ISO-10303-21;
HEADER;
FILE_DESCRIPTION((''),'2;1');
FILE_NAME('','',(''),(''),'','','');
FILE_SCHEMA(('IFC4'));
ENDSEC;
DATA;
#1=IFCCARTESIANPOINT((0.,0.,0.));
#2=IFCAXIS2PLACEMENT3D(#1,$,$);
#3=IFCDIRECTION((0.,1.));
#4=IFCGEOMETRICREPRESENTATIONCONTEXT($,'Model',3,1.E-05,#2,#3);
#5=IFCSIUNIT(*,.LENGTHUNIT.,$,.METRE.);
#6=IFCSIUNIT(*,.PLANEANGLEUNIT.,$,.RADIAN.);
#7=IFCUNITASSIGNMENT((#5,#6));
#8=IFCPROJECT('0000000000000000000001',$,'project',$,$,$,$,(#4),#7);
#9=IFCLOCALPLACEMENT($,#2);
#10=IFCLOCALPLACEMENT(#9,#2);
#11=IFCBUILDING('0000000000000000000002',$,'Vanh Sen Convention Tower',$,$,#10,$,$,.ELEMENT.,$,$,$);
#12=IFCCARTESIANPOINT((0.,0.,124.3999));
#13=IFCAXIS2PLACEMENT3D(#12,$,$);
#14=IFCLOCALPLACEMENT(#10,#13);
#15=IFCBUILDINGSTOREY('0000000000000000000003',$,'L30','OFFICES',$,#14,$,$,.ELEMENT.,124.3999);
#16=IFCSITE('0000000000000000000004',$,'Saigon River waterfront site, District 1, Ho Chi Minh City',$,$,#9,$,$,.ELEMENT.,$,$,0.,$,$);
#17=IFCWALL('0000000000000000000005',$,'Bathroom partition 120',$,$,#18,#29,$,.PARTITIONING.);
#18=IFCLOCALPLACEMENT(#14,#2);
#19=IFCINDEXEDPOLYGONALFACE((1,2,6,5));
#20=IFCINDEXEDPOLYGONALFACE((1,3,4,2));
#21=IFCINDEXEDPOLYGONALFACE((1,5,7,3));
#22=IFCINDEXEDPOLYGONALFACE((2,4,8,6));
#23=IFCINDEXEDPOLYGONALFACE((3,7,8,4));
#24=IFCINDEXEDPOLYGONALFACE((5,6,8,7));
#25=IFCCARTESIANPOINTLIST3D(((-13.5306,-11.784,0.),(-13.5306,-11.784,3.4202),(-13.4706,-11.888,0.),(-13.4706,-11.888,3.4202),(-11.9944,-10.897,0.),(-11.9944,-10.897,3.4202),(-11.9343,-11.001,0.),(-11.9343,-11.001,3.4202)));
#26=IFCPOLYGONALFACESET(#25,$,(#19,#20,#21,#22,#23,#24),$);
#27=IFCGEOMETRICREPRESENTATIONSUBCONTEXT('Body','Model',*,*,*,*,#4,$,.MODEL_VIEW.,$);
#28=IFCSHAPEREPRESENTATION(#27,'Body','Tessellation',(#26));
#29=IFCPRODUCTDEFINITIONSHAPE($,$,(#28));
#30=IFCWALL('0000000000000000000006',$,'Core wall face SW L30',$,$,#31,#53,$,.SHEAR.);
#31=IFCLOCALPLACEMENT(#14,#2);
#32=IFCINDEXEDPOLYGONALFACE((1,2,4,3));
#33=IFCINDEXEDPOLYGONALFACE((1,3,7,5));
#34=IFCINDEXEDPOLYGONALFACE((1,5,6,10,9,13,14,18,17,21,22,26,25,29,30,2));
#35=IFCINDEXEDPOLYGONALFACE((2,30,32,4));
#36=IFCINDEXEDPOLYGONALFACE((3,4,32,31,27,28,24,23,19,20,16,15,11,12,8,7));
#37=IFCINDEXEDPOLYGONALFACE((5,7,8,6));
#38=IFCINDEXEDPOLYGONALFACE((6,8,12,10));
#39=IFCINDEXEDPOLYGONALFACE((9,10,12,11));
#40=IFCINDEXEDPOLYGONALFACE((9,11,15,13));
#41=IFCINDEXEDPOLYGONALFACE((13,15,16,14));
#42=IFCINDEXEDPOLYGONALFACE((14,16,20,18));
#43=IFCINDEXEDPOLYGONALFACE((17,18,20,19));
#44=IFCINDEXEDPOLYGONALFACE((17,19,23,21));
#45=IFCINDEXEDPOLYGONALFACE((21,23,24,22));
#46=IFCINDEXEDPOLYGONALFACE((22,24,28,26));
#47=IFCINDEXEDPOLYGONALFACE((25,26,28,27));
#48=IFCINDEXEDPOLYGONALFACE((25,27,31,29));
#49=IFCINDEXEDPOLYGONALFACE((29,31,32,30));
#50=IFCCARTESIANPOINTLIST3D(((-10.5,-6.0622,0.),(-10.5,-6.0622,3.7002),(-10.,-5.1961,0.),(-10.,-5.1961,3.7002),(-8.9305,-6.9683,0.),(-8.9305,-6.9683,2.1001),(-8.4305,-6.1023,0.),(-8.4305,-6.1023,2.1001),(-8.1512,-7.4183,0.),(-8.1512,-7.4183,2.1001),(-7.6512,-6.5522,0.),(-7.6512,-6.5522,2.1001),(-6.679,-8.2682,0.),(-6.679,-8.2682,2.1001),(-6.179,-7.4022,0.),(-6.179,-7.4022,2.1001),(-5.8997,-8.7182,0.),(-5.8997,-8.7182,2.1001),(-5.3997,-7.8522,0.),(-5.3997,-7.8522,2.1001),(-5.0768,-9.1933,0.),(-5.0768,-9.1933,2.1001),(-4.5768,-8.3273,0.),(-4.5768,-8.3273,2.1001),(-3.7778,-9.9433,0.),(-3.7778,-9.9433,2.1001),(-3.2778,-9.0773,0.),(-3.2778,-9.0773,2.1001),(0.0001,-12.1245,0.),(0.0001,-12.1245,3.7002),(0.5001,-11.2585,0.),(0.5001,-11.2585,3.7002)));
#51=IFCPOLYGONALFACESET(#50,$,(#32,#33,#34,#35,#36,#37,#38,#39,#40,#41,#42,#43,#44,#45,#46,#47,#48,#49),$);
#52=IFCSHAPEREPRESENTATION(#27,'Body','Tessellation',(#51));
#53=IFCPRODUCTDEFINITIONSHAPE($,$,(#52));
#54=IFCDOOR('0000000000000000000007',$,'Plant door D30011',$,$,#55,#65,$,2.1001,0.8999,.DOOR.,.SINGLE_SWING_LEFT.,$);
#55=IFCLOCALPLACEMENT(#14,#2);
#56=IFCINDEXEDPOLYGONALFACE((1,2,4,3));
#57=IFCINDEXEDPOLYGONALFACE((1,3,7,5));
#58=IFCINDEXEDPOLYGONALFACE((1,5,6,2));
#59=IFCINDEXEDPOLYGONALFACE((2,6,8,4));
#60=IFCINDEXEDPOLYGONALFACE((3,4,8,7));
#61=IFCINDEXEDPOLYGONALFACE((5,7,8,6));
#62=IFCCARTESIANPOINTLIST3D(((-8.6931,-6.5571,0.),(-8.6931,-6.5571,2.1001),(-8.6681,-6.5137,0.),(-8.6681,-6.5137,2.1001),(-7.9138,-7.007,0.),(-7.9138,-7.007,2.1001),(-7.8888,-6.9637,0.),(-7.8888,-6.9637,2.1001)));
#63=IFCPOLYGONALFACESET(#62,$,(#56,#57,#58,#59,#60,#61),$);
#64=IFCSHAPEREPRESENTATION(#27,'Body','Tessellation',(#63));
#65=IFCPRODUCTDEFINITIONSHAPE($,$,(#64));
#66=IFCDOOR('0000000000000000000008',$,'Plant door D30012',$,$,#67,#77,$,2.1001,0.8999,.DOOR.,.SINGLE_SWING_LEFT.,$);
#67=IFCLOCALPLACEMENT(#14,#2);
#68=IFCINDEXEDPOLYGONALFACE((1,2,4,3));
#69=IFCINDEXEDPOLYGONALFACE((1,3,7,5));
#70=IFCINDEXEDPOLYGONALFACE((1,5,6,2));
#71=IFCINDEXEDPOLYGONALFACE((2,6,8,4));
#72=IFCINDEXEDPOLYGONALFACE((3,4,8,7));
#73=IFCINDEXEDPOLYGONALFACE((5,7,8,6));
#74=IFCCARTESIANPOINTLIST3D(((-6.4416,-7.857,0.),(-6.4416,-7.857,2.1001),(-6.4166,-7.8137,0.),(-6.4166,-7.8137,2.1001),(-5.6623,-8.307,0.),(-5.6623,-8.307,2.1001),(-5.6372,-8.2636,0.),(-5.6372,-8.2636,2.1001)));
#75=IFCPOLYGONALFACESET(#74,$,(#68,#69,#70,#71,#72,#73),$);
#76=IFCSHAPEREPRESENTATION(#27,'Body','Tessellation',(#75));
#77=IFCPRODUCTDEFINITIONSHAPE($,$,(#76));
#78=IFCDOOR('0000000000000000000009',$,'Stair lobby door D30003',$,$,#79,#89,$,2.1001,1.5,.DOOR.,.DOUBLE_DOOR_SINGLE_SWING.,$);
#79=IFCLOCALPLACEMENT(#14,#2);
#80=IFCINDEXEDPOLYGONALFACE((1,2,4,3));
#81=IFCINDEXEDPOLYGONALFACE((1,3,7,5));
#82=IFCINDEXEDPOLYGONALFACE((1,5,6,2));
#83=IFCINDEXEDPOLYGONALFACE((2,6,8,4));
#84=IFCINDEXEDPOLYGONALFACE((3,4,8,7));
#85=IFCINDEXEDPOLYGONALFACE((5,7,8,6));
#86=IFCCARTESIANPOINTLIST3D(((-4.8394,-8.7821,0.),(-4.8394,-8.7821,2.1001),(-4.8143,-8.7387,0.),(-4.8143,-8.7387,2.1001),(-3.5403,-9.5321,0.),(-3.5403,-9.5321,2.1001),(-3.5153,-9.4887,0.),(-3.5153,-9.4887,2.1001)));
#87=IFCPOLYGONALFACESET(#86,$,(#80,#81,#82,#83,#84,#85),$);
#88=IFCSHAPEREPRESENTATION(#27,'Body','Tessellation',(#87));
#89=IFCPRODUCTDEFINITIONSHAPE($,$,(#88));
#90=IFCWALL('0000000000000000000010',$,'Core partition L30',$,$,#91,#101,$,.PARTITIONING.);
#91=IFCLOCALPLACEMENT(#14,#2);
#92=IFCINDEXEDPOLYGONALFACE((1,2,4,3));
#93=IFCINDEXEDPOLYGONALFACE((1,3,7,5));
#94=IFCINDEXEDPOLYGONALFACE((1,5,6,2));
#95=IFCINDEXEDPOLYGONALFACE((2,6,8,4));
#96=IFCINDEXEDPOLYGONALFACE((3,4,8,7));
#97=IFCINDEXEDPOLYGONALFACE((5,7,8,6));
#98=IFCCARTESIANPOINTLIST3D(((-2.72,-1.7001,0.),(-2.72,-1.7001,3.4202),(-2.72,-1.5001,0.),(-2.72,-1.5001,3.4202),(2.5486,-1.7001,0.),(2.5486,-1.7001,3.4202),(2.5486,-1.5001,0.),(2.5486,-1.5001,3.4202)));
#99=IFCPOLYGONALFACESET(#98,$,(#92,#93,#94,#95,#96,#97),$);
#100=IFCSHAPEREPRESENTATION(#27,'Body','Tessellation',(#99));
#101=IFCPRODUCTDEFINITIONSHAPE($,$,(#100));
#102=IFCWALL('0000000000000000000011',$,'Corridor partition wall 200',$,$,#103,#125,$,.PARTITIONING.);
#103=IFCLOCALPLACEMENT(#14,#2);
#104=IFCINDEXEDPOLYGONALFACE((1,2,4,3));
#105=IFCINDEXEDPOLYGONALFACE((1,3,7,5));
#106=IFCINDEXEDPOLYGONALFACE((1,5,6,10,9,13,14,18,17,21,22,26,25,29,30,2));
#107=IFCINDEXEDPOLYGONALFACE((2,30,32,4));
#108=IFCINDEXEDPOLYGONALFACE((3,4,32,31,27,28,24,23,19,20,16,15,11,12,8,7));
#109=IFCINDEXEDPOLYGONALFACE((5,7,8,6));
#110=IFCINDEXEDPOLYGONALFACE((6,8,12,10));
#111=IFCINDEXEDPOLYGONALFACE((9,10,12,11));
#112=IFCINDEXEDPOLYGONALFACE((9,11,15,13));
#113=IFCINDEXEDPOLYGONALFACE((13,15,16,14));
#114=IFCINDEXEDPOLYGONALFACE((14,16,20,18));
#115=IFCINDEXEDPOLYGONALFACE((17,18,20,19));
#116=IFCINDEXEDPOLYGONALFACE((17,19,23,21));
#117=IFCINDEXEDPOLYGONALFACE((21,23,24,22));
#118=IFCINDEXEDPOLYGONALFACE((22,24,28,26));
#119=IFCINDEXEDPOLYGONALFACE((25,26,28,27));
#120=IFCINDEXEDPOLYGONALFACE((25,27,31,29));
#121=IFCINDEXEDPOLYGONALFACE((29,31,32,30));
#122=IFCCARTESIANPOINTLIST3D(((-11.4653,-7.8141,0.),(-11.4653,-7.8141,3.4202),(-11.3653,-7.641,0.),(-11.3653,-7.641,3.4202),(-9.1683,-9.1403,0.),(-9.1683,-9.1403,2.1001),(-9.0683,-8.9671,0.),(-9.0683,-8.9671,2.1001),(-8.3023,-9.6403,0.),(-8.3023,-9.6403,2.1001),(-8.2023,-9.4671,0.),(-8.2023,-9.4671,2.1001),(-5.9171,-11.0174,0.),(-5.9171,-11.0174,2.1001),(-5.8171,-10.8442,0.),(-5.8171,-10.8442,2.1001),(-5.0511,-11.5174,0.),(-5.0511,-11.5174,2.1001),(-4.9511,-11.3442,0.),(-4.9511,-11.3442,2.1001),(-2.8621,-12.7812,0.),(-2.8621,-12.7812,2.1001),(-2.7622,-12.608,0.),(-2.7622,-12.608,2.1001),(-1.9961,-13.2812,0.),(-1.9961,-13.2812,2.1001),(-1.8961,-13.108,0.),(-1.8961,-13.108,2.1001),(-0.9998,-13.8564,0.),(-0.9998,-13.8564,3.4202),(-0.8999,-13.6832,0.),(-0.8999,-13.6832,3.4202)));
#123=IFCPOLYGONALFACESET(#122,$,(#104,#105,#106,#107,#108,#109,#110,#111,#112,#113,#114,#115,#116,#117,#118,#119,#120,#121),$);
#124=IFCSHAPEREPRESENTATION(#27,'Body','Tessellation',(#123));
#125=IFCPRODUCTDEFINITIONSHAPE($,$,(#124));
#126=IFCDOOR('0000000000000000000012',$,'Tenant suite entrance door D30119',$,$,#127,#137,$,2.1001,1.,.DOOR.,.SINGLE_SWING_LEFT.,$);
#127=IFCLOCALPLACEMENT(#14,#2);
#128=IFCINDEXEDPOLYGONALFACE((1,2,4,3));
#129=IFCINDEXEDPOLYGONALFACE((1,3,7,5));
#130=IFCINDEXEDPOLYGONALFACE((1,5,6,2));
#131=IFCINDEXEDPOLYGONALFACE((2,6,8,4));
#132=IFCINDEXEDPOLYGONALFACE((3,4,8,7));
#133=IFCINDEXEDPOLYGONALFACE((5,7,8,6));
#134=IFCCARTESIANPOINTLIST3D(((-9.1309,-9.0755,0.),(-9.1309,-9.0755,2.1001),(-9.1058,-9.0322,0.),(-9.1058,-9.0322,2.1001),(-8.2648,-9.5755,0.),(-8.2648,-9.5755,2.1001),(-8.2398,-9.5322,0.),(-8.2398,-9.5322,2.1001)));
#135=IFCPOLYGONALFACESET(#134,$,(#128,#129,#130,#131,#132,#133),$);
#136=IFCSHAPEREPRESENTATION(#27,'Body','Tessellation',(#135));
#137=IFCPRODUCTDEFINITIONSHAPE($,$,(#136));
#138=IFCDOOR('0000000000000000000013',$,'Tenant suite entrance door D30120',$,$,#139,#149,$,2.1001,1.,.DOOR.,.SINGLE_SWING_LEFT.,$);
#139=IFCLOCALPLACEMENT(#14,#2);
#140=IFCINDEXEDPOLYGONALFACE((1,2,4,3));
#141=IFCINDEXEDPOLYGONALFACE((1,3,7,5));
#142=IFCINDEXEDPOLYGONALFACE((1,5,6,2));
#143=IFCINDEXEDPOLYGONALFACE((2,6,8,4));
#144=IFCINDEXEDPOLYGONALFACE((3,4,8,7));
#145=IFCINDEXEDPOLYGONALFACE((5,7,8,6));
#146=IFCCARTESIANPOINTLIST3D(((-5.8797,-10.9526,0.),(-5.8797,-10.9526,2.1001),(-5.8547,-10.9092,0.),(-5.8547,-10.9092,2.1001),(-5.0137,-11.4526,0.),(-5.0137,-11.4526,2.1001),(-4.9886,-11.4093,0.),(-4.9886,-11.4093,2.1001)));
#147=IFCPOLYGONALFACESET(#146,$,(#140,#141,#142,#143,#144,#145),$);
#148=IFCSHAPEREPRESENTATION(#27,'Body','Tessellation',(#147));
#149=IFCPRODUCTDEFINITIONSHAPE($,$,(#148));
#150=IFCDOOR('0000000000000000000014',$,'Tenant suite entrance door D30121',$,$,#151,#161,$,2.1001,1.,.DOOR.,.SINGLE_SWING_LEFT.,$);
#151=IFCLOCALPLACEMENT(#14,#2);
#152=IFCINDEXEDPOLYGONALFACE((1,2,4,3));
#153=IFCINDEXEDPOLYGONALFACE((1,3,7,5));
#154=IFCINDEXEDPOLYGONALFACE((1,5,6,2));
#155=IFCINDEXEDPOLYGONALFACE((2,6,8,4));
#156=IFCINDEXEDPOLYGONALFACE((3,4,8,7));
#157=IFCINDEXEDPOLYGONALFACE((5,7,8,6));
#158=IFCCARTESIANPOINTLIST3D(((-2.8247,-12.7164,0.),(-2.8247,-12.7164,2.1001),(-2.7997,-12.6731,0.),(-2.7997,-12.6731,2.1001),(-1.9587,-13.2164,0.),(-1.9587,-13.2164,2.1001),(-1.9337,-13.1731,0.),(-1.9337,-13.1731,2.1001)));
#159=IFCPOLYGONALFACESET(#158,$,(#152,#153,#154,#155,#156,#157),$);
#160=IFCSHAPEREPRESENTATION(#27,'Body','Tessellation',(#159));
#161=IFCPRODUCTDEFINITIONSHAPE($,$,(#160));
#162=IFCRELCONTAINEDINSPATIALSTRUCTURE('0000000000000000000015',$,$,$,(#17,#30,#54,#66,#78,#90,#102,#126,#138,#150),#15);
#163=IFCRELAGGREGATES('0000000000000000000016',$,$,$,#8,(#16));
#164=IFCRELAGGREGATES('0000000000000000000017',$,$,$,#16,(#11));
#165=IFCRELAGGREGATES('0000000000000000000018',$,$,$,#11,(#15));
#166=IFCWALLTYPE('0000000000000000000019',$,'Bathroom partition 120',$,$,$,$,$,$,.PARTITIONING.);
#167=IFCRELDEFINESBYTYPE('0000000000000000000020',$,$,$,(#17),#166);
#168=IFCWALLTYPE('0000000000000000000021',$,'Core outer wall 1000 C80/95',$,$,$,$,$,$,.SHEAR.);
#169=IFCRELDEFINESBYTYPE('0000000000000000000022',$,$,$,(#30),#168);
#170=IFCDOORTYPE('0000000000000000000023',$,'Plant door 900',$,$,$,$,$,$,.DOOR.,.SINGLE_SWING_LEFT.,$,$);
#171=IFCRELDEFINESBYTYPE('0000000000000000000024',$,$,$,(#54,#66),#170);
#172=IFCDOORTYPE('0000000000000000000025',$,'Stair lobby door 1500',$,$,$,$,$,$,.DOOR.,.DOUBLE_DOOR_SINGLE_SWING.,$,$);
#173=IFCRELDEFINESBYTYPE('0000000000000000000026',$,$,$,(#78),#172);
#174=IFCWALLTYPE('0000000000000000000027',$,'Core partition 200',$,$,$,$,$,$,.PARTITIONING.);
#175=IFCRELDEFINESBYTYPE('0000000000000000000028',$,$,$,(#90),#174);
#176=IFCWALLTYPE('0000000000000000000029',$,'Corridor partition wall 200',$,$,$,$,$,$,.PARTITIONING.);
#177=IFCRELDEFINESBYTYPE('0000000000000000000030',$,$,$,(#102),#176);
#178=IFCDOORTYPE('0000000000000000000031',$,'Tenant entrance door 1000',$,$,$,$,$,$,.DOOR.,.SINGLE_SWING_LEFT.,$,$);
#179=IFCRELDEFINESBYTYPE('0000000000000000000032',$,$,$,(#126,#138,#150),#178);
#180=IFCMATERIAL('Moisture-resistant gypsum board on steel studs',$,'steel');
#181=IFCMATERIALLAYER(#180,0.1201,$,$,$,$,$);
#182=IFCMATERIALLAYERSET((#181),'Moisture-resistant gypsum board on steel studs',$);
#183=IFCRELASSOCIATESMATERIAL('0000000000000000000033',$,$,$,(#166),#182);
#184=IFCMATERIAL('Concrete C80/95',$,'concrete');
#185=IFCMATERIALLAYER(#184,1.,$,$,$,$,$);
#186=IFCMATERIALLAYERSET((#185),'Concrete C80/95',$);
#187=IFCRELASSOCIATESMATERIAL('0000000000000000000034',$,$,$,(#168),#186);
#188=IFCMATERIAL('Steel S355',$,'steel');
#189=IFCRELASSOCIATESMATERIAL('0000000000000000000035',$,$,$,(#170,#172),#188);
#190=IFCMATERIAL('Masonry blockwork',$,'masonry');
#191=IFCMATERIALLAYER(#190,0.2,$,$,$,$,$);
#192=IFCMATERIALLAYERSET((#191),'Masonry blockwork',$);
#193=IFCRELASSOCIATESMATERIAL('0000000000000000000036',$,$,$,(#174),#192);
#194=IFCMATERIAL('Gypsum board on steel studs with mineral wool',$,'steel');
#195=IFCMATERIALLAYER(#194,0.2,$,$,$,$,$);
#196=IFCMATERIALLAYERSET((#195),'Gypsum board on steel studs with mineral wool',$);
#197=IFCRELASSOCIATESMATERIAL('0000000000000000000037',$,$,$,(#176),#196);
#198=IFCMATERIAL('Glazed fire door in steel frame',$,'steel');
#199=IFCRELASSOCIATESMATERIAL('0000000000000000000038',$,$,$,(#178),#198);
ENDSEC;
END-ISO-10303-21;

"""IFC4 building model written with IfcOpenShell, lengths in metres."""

from ifc_helpers import new_model, si_unit, direction, frame, frame_2d, origin, place, context, subcontext, project, spatial, rectangle, extrude, material, layer, layer_set, type_object, element, fill, save


model = new_model("IFC4")

# Units and contexts
model_context = context("Model", 3, precision=1e-05, world=origin(), true_north=direction((0.0, 1.0)))
body_context = subcontext(model_context, "Body", "Model", "MODEL_VIEW")
ifc_project = project(units=[si_unit("LENGTHUNIT", "METRE"), si_unit("PLANEANGLEUNIT", "RADIAN")], contexts=[model_context])

# Site, building, storey
site_placement = place(None, origin())
site = spatial("IfcSite", under=ifc_project, at=site_placement, Name="Saigon River waterfront site, District 1, Ho Chi Minh City", CompositionType="ELEMENT", RefElevation=0.0)
building_placement = place(site_placement, origin())
building = spatial("IfcBuilding", under=site, at=building_placement, Name="Vanh Sen Convention Tower", CompositionType="ELEMENT")
storey_placement = place(building_placement, frame((0.0, 0.0, 124.3999)))
storey = spatial("IfcBuildingStorey", under=building, at=storey_placement, Name="L30", Description="OFFICES", CompositionType="ELEMENT", Elevation=124.3999)

# Wall
ifc_material_1 = material(Name="Moisture-resistant gypsum board on steel studs", Category="steel")
ifc_layer_1 = layer(ifc_material_1, 0.1201)
ifc_layer_set_1 = layer_set([ifc_layer_1], Name="Moisture-resistant gypsum board on steel studs")
wall_type_1 = type_object("IfcWallType", Name="Bathroom partition 120", PredefinedType="PARTITIONING", material=ifc_layer_set_1)
wall_1_placement = place(storey_placement, frame((-11.9644, -10.949, 0.0), z_axis=(0.0, 0.0, 1.0), x_axis=(-0.866007, -0.500032, 0.0)))
element("IfcWall", 1, at=wall_1_placement, inside=storey, type_object=wall_type_1, Name="Bathroom partition 120", PredefinedType="PARTITIONING", context=body_context, shape_type="SweptSolid", body=[
    extrude(rectangle(XDim=1.7739, YDim=0.1201, at=frame_2d((0.887, 0.0))), origin(), (0.0, 0.0, 1.0), 3.4202),
])

# Wall, openings, doors
ifc_material_2 = material(Name="Concrete C80/95", Category="concrete")
ifc_layer_2 = layer(ifc_material_2, 1.0)
ifc_layer_set_2 = layer_set([ifc_layer_2], Name="Concrete C80/95")
wall_type_2 = type_object("IfcWallType", Name="Core outer wall 1000 C80/95", PredefinedType="SHEAR", material=ifc_layer_set_2)
wall_2_placement = place(storey_placement, frame((-10.25, -5.6292, 0.0), z_axis=(0.0, 0.0, 1.0), x_axis=(0.866023, -0.500005, 0.0)))
wall_2 = element("IfcWall", 2, at=wall_2_placement, inside=storey, type_object=wall_type_2, Name="Core wall face SW L30", PredefinedType="SHEAR", context=body_context, shape_type="SweptSolid", body=[
    extrude(rectangle(XDim=12.1245, YDim=1.0, at=frame_2d((6.0623, 0.0))), origin(), (0.0, 0.0, 1.0), 3.7002),
])
opening_1_placement = place(wall_2_placement, frame((6.2622, 0.0, 0.0)))
opening_1 = element("IfcOpeningElement", 3, at=opening_1_placement, cuts=wall_2, PredefinedType="OPENING", context=body_context, shape_type="SweptSolid", body=[
    extrude(rectangle(XDim=1.5, YDim=2.1001, at=frame_2d((0.75, 1.05))), frame((0.0, 0.51, 0.0), z_axis=(0.0, -1.0, 0.0), x_axis=(1.0, 0.0, 0.0)), (0.0, 0.0, 1.0), 1.02),
])
opening_2_placement = place(wall_2_placement, frame((1.8123, 0.0, 0.0)))
opening_2 = element("IfcOpeningElement", 4, at=opening_2_placement, cuts=wall_2, PredefinedType="OPENING", context=body_context, shape_type="SweptSolid", body=[
    extrude(rectangle(XDim=0.8999, YDim=2.1001, at=frame_2d((0.45, 1.05))), frame((0.0, 0.51, 0.0), z_axis=(0.0, -1.0, 0.0), x_axis=(1.0, 0.0, 0.0)), (0.0, 0.0, 1.0), 1.02),
])
opening_3_placement = place(wall_2_placement, frame((4.4121, 0.0, 0.0)))
opening_3 = element("IfcOpeningElement", 5, at=opening_3_placement, cuts=wall_2, PredefinedType="OPENING", context=body_context, shape_type="SweptSolid", body=[
    extrude(rectangle(XDim=0.8999, YDim=2.1001, at=frame_2d((0.45, 1.05))), frame((0.0, 0.51, 0.0), z_axis=(0.0, -1.0, 0.0), x_axis=(1.0, 0.0, 0.0)), (0.0, 0.0, 1.0), 1.02),
])
ifc_material_3 = material(Name="Steel S355", Category="steel")
door_type_1 = type_object("IfcDoorType", Name="Plant door 900", OperationType="SINGLE_SWING_LEFT", PredefinedType="DOOR", material=ifc_material_3)
door_1_placement = place(opening_2_placement, origin())
door_1 = element("IfcDoor", 6, at=door_1_placement, inside=storey, type_object=door_type_1, Name="Plant door D30011", OperationType="SINGLE_SWING_LEFT", OverallHeight=2.1001, OverallWidth=0.8999, PredefinedType="DOOR", context=body_context, shape_type="SweptSolid", body=[
    extrude(rectangle(XDim=0.8999, YDim=2.1001, at=frame_2d((0.45, 1.05))), frame((0.0, 0.0249, 0.0), z_axis=(0.0, -1.0, 0.0), x_axis=(1.0, 0.0, 0.0)), (0.0, 0.0, 1.0), 0.05),
])
fill(opening_2, door_1)
door_2_placement = place(opening_3_placement, origin())
door_2 = element("IfcDoor", 7, at=door_2_placement, inside=storey, type_object=door_type_1, Name="Plant door D30012", OperationType="SINGLE_SWING_LEFT", OverallHeight=2.1001, OverallWidth=0.8999, PredefinedType="DOOR", context=body_context, shape_type="SweptSolid", body=[
    extrude(rectangle(XDim=0.8999, YDim=2.1001, at=frame_2d((0.45, 1.05))), frame((0.0, 0.0249, 0.0), z_axis=(0.0, -1.0, 0.0), x_axis=(1.0, 0.0, 0.0)), (0.0, 0.0, 1.0), 0.05),
])
fill(opening_3, door_2)
door_type_2 = type_object("IfcDoorType", Name="Stair lobby door 1500", OperationType="DOUBLE_DOOR_SINGLE_SWING", PredefinedType="DOOR", material=ifc_material_3)
door_3_placement = place(opening_1_placement, origin())
door_3 = element("IfcDoor", 8, at=door_3_placement, inside=storey, type_object=door_type_2, Name="Stair lobby door D30003", OperationType="DOUBLE_DOOR_SINGLE_SWING", OverallHeight=2.1001, OverallWidth=1.5, PredefinedType="DOOR", context=body_context, shape_type="SweptSolid", body=[
    extrude(rectangle(XDim=1.5, YDim=2.1001, at=frame_2d((0.75, 1.05))), frame((0.0, 0.0249, 0.0), z_axis=(0.0, -1.0, 0.0), x_axis=(1.0, 0.0, 0.0)), (0.0, 0.0, 1.0), 0.05),
])
fill(opening_1, door_3)

# Wall
ifc_material_4 = material(Name="Masonry blockwork", Category="masonry")
ifc_layer_3 = layer(ifc_material_4, 0.2)
ifc_layer_set_3 = layer_set([ifc_layer_3], Name="Masonry blockwork")
wall_type_3 = type_object("IfcWallType", Name="Core partition 200", PredefinedType="PARTITIONING", material=ifc_layer_set_3)
wall_3_placement = place(storey_placement, frame((-2.72, -1.6001, 0.0), z_axis=(0.0, 0.0, 1.0), x_axis=(1.0, 0.0, 0.0)))
element("IfcWall", 9, at=wall_3_placement, inside=storey, type_object=wall_type_3, Name="Core partition L30", PredefinedType="PARTITIONING", context=body_context, shape_type="SweptSolid", body=[
    extrude(rectangle(XDim=5.2686, YDim=0.2, at=frame_2d((2.6343, 0.0))), origin(), (0.0, 0.0, 1.0), 3.4202),
])

# Wall, openings, doors
ifc_material_5 = material(Name="Gypsum board on steel studs with mineral wool", Category="steel")
ifc_layer_4 = layer(ifc_material_5, 0.2)
ifc_layer_set_4 = layer_set([ifc_layer_4], Name="Gypsum board on steel studs with mineral wool")
wall_type_4 = type_object("IfcWallType", Name="Corridor partition wall 200", PredefinedType="PARTITIONING", material=ifc_layer_set_4)
wall_4_placement = place(storey_placement, frame((-11.4153, -7.7275, 0.0), z_axis=(0.0, 0.0, 1.0), x_axis=(0.866023, -0.500005, 0.0)))
wall_4 = element("IfcWall", 10, at=wall_4_placement, inside=storey, type_object=wall_type_4, Name="Corridor partition wall 200", PredefinedType="PARTITIONING", context=body_context, shape_type="SweptSolid", body=[
    extrude(rectangle(XDim=12.0845, YDim=0.2, at=frame_2d((6.0422, 0.0))), origin(), (0.0, 0.0, 1.0), 3.4202),
])
opening_4_placement = place(wall_4_placement, frame((2.6523, 0.0, 0.0)))
opening_4 = element("IfcOpeningElement", 11, at=opening_4_placement, cuts=wall_4, PredefinedType="OPENING", context=body_context, shape_type="SweptSolid", body=[
    extrude(rectangle(XDim=1.0, YDim=2.1001, at=frame_2d((0.5, 1.05))), frame((0.0, 0.1099, 0.0), z_axis=(0.0, -1.0, 0.0), x_axis=(1.0, 0.0, 0.0)), (0.0, 0.0, 1.0), 0.22),
])
opening_5_placement = place(wall_4_placement, frame((6.4065, 0.0, 0.0)))
opening_5 = element("IfcOpeningElement", 12, at=opening_5_placement, cuts=wall_4, PredefinedType="OPENING", context=body_context, shape_type="SweptSolid", body=[
    extrude(rectangle(XDim=1.0, YDim=2.1001, at=frame_2d((0.5, 1.05))), frame((0.0, 0.1099, 0.0), z_axis=(0.0, -1.0, 0.0), x_axis=(1.0, 0.0, 0.0)), (0.0, 0.0, 1.0), 0.22),
])
opening_6_placement = place(wall_4_placement, frame((9.9341, 0.0, 0.0)))
opening_6 = element("IfcOpeningElement", 13, at=opening_6_placement, cuts=wall_4, PredefinedType="OPENING", context=body_context, shape_type="SweptSolid", body=[
    extrude(rectangle(XDim=1.0, YDim=2.1001, at=frame_2d((0.5, 1.05))), frame((0.0, 0.1099, 0.0), z_axis=(0.0, -1.0, 0.0), x_axis=(1.0, 0.0, 0.0)), (0.0, 0.0, 1.0), 0.22),
])
ifc_material_6 = material(Name="Glazed fire door in steel frame", Category="steel")
door_type_3 = type_object("IfcDoorType", Name="Tenant entrance door 1000", OperationType="SINGLE_SWING_LEFT", PredefinedType="DOOR", material=ifc_material_6)
door_4_placement = place(opening_4_placement, origin())
door_4 = element("IfcDoor", 14, at=door_4_placement, inside=storey, type_object=door_type_3, Name="Tenant suite entrance door D30119", OperationType="SINGLE_SWING_LEFT", OverallHeight=2.1001, OverallWidth=1.0, PredefinedType="DOOR", context=body_context, shape_type="SweptSolid", body=[
    extrude(rectangle(XDim=1.0, YDim=2.1001, at=frame_2d((0.5, 1.05))), frame((0.0, 0.0249, 0.0), z_axis=(0.0, -1.0, 0.0), x_axis=(1.0, 0.0, 0.0)), (0.0, 0.0, 1.0), 0.05),
])
fill(opening_4, door_4)
door_5_placement = place(opening_5_placement, origin())
door_5 = element("IfcDoor", 15, at=door_5_placement, inside=storey, type_object=door_type_3, Name="Tenant suite entrance door D30120", OperationType="SINGLE_SWING_LEFT", OverallHeight=2.1001, OverallWidth=1.0, PredefinedType="DOOR", context=body_context, shape_type="SweptSolid", body=[
    extrude(rectangle(XDim=1.0, YDim=2.1001, at=frame_2d((0.5, 1.05))), frame((0.0, 0.0249, 0.0), z_axis=(0.0, -1.0, 0.0), x_axis=(1.0, 0.0, 0.0)), (0.0, 0.0, 1.0), 0.05),
])
fill(opening_5, door_5)
door_6_placement = place(opening_6_placement, origin())
door_6 = element("IfcDoor", 16, at=door_6_placement, inside=storey, type_object=door_type_3, Name="Tenant suite entrance door D30121", OperationType="SINGLE_SWING_LEFT", OverallHeight=2.1001, OverallWidth=1.0, PredefinedType="DOOR", context=body_context, shape_type="SweptSolid", body=[
    extrude(rectangle(XDim=1.0, YDim=2.1001, at=frame_2d((0.5, 1.05))), frame((0.0, 0.0249, 0.0), z_axis=(0.0, -1.0, 0.0), x_axis=(1.0, 0.0, 0.0)), (0.0, 0.0, 1.0), 0.05),
])
fill(opening_6, door_6)

save(model, "model.ifc")
